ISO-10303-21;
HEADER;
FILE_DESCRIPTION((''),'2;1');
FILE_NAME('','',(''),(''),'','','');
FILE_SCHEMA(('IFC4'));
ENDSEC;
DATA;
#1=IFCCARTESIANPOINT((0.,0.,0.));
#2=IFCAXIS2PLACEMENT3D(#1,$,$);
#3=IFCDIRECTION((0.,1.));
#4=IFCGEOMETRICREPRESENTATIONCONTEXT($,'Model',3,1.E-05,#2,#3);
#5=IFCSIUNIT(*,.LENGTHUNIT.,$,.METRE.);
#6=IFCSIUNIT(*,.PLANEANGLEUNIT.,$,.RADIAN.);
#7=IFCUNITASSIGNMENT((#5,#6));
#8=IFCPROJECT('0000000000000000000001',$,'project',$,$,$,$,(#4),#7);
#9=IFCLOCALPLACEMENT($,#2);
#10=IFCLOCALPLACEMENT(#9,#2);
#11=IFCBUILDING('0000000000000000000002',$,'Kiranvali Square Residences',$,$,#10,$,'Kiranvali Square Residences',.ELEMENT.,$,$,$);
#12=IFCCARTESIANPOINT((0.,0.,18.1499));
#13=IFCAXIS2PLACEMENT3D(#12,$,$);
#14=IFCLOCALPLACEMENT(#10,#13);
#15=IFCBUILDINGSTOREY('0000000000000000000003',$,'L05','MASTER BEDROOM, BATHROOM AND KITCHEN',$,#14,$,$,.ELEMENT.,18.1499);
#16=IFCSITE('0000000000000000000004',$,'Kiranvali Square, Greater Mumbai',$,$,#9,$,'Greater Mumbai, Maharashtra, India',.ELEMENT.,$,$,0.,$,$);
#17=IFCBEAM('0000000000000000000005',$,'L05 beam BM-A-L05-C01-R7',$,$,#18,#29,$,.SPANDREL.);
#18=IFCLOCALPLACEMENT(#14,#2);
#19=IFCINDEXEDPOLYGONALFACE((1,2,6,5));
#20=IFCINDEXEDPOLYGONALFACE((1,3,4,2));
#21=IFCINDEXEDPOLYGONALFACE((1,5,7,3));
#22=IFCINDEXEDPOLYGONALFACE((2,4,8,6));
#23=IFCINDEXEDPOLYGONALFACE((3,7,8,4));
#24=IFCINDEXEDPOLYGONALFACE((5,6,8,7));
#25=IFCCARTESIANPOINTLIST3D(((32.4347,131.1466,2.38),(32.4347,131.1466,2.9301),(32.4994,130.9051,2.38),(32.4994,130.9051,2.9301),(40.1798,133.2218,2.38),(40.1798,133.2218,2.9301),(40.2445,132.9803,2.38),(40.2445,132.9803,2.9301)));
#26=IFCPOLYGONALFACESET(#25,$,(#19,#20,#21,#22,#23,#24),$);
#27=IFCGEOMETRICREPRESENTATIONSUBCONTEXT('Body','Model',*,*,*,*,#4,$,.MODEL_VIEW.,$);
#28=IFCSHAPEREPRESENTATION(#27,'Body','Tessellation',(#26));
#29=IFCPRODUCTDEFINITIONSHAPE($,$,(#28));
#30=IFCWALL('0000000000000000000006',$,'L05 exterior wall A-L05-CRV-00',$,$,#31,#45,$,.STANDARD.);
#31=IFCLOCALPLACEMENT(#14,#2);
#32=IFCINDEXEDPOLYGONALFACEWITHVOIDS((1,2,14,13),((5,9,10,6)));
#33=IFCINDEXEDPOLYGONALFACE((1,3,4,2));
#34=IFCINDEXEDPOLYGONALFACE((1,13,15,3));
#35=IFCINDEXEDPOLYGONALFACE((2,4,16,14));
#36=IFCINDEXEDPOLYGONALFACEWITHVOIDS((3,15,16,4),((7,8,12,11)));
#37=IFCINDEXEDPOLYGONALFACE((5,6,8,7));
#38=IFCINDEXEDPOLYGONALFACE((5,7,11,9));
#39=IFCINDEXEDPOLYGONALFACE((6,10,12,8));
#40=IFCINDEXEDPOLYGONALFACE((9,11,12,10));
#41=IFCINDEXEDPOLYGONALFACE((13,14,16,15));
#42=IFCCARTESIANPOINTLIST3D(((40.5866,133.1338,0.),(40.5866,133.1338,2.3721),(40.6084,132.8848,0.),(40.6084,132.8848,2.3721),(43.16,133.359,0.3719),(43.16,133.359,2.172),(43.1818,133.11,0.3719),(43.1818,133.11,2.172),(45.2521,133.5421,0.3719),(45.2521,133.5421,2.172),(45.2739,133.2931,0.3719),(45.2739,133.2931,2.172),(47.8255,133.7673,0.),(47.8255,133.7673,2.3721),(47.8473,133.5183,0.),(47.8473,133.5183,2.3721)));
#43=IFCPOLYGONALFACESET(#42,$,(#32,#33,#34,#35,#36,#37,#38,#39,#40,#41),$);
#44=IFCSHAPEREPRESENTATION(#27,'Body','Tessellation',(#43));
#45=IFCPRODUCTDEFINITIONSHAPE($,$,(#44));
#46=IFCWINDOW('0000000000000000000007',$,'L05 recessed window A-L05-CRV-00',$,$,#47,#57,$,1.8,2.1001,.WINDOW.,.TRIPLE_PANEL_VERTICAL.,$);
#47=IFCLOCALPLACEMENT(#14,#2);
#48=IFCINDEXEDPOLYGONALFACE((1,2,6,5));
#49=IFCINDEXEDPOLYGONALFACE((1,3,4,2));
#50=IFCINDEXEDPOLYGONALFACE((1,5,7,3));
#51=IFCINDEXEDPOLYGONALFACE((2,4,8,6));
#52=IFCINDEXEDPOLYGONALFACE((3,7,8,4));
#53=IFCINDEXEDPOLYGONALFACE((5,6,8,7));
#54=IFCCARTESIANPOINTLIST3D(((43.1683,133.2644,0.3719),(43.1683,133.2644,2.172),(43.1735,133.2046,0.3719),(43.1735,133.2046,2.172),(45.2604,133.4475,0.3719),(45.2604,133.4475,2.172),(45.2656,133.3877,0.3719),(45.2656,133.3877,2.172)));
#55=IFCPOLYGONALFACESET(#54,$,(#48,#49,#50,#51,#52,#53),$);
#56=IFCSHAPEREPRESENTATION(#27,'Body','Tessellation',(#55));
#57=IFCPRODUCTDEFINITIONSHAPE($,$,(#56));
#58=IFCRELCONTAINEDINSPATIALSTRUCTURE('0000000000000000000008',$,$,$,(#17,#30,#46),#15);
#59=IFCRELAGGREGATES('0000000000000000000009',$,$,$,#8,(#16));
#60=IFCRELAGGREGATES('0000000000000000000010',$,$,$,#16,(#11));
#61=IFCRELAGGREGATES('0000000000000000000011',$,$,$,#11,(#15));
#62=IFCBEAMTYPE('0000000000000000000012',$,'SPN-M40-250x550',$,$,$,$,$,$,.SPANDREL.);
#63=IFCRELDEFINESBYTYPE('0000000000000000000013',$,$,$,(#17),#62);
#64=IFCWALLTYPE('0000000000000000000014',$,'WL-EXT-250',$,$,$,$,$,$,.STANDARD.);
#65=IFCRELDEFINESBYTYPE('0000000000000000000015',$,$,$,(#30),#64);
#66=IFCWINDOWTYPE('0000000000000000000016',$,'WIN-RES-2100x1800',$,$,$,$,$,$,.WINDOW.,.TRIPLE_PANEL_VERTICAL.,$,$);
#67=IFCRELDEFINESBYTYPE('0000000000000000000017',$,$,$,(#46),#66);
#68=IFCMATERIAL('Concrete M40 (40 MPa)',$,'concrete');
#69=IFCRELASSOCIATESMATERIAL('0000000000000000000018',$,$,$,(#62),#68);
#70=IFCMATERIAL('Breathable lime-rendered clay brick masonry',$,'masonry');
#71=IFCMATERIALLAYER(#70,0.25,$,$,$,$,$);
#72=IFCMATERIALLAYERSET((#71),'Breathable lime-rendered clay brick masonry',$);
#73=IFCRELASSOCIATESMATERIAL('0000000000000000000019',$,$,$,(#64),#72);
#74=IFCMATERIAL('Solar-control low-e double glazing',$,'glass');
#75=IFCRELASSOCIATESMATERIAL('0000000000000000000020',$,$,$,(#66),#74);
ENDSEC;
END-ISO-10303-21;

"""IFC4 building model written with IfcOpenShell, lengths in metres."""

from ifc_helpers import new_model, si_unit, direction, frame, frame_2d, origin, origin_2d, place, context, subcontext, project, spatial, rectangle, extrude, material, layer, layer_set, material_profile, profile_set, type_object, element, fill, save


model = new_model("IFC4")

# Units and contexts
model_context = context("Model", 3, precision=1e-05, world=origin(), true_north=direction((0.0, 1.0)))
body_context = subcontext(model_context, "Body", "Model", "MODEL_VIEW")
ifc_project = project(units=[si_unit("LENGTHUNIT", "METRE"), si_unit("PLANEANGLEUNIT", "RADIAN")], contexts=[model_context])

# Site, building, storey
site_placement = place(None, origin())
site = spatial("IfcSite", under=ifc_project, at=site_placement, Name="Kiranvali Square, Greater Mumbai", LongName="Greater Mumbai, Maharashtra, India", CompositionType="ELEMENT", RefElevation=0.0)
building_placement = place(site_placement, origin())
building = spatial("IfcBuilding", under=site, at=building_placement, Name="Kiranvali Square Residences", LongName="Kiranvali Square Residences", CompositionType="ELEMENT")
storey_placement = place(building_placement, frame((0.0, 0.0, 18.1499)))
storey = spatial("IfcBuildingStorey", under=building, at=storey_placement, Name="L05", Description="MASTER BEDROOM, BATHROOM AND KITCHEN", CompositionType="ELEMENT", Elevation=18.1499)

# Beam
ifc_material_1 = material(Name="Concrete M40 (40 MPa)", Category="concrete")
ifc_material_profile_1 = material_profile(ifc_material_1, rectangle(XDim=0.25, YDim=0.55, at=origin_2d()), Name="RC 250x550")
ifc_profile_set_1 = profile_set([ifc_material_profile_1], Name="Concrete M40 (40 MPa)")
beam_type_1 = type_object("IfcBeamType", Name="SPN-M40-250x550", PredefinedType="SPANDREL", material=ifc_profile_set_1)
for number, where, z_axis, x_axis, name in (
    (1, (40.2122, 133.1011, 2.655), (-0.965929, -0.258807, 0.0), (0.258807, -0.965929, 0.0), "L05 beam BM-A-L05-C01-R7"),
):
    element("IfcBeam", number, at=place(storey_placement, frame(where, z_axis=z_axis, x_axis=x_axis)), inside=storey, type_object=beam_type_1, Name=name, PredefinedType="SPANDREL", context=body_context, shape_type="SweptSolid", body=[
        extrude(rectangle(XDim=0.25, YDim=0.55, at=origin_2d()), origin(), (0.0, 0.0, 1.0), 8.0183),
    ])

# Wall, opening, window
ifc_material_2 = material(Name="Breathable lime-rendered clay brick masonry", Category="masonry")
ifc_layer = layer(ifc_material_2, 0.25)
ifc_layer_set = layer_set([ifc_layer], Name="Breathable lime-rendered clay brick masonry")
wall_type = type_object("IfcWallType", Name="WL-EXT-250", PredefinedType="STANDARD", material=ifc_layer_set)
wall_1_placement = place(storey_placement, frame((47.8364, 133.6428, 0.0), z_axis=(0.0, 0.0, 1.0), x_axis=(-0.996192, -0.087185, 0.0)))
wall_1 = element("IfcWall", 2, at=wall_1_placement, inside=storey, type_object=wall_type, Name="L05 exterior wall A-L05-CRV-00", PredefinedType="STANDARD", context=body_context, shape_type="SweptSolid", body=[
    extrude(rectangle(XDim=7.2666, YDim=0.25, at=frame_2d((3.6333, 0.0))), origin(), (0.0, 0.0, 1.0), 2.3721),
])
opening_1_placement = place(wall_1_placement, frame((2.5833, 0.0, 0.3721)))
opening_1 = element("IfcOpeningElement", 3, at=opening_1_placement, cuts=wall_1, PredefinedType="OPENING", context=body_context, shape_type="SweptSolid", body=[
    extrude(rectangle(XDim=2.1001, YDim=1.8, at=frame_2d((1.05, 0.8999))), frame((0.0, 0.135, 0.0), z_axis=(0.0, -1.0, 0.0), x_axis=(1.0, 0.0, 0.0)), (0.0, 0.0, 1.0), 0.27),
])
ifc_material_3 = material(Name="Solar-control low-e double glazing", Category="glass")
window_type_1 = type_object("IfcWindowType", Name="WIN-RES-2100x1800", PartitioningType="TRIPLE_PANEL_VERTICAL", PredefinedType="WINDOW", material=ifc_material_3)
window_1_placement = place(opening_1_placement, origin())
window_1 = element("IfcWindow", 4, at=window_1_placement, inside=storey, type_object=window_type_1, Name="L05 recessed window A-L05-CRV-00", OverallHeight=1.8, OverallWidth=2.1001, PartitioningType="TRIPLE_PANEL_VERTICAL", PredefinedType="WINDOW", context=body_context, shape_type="SweptSolid", body=[
    extrude(rectangle(XDim=2.1001, YDim=1.8, at=frame_2d((1.05, 0.8999))), frame((0.0, 0.03, 0.0), z_axis=(0.0, -1.0, 0.0), x_axis=(1.0, 0.0, 0.0)), (0.0, 0.0, 1.0), 0.0601),
])
fill(opening_1, window_1)

save(model, "model.ifc")
